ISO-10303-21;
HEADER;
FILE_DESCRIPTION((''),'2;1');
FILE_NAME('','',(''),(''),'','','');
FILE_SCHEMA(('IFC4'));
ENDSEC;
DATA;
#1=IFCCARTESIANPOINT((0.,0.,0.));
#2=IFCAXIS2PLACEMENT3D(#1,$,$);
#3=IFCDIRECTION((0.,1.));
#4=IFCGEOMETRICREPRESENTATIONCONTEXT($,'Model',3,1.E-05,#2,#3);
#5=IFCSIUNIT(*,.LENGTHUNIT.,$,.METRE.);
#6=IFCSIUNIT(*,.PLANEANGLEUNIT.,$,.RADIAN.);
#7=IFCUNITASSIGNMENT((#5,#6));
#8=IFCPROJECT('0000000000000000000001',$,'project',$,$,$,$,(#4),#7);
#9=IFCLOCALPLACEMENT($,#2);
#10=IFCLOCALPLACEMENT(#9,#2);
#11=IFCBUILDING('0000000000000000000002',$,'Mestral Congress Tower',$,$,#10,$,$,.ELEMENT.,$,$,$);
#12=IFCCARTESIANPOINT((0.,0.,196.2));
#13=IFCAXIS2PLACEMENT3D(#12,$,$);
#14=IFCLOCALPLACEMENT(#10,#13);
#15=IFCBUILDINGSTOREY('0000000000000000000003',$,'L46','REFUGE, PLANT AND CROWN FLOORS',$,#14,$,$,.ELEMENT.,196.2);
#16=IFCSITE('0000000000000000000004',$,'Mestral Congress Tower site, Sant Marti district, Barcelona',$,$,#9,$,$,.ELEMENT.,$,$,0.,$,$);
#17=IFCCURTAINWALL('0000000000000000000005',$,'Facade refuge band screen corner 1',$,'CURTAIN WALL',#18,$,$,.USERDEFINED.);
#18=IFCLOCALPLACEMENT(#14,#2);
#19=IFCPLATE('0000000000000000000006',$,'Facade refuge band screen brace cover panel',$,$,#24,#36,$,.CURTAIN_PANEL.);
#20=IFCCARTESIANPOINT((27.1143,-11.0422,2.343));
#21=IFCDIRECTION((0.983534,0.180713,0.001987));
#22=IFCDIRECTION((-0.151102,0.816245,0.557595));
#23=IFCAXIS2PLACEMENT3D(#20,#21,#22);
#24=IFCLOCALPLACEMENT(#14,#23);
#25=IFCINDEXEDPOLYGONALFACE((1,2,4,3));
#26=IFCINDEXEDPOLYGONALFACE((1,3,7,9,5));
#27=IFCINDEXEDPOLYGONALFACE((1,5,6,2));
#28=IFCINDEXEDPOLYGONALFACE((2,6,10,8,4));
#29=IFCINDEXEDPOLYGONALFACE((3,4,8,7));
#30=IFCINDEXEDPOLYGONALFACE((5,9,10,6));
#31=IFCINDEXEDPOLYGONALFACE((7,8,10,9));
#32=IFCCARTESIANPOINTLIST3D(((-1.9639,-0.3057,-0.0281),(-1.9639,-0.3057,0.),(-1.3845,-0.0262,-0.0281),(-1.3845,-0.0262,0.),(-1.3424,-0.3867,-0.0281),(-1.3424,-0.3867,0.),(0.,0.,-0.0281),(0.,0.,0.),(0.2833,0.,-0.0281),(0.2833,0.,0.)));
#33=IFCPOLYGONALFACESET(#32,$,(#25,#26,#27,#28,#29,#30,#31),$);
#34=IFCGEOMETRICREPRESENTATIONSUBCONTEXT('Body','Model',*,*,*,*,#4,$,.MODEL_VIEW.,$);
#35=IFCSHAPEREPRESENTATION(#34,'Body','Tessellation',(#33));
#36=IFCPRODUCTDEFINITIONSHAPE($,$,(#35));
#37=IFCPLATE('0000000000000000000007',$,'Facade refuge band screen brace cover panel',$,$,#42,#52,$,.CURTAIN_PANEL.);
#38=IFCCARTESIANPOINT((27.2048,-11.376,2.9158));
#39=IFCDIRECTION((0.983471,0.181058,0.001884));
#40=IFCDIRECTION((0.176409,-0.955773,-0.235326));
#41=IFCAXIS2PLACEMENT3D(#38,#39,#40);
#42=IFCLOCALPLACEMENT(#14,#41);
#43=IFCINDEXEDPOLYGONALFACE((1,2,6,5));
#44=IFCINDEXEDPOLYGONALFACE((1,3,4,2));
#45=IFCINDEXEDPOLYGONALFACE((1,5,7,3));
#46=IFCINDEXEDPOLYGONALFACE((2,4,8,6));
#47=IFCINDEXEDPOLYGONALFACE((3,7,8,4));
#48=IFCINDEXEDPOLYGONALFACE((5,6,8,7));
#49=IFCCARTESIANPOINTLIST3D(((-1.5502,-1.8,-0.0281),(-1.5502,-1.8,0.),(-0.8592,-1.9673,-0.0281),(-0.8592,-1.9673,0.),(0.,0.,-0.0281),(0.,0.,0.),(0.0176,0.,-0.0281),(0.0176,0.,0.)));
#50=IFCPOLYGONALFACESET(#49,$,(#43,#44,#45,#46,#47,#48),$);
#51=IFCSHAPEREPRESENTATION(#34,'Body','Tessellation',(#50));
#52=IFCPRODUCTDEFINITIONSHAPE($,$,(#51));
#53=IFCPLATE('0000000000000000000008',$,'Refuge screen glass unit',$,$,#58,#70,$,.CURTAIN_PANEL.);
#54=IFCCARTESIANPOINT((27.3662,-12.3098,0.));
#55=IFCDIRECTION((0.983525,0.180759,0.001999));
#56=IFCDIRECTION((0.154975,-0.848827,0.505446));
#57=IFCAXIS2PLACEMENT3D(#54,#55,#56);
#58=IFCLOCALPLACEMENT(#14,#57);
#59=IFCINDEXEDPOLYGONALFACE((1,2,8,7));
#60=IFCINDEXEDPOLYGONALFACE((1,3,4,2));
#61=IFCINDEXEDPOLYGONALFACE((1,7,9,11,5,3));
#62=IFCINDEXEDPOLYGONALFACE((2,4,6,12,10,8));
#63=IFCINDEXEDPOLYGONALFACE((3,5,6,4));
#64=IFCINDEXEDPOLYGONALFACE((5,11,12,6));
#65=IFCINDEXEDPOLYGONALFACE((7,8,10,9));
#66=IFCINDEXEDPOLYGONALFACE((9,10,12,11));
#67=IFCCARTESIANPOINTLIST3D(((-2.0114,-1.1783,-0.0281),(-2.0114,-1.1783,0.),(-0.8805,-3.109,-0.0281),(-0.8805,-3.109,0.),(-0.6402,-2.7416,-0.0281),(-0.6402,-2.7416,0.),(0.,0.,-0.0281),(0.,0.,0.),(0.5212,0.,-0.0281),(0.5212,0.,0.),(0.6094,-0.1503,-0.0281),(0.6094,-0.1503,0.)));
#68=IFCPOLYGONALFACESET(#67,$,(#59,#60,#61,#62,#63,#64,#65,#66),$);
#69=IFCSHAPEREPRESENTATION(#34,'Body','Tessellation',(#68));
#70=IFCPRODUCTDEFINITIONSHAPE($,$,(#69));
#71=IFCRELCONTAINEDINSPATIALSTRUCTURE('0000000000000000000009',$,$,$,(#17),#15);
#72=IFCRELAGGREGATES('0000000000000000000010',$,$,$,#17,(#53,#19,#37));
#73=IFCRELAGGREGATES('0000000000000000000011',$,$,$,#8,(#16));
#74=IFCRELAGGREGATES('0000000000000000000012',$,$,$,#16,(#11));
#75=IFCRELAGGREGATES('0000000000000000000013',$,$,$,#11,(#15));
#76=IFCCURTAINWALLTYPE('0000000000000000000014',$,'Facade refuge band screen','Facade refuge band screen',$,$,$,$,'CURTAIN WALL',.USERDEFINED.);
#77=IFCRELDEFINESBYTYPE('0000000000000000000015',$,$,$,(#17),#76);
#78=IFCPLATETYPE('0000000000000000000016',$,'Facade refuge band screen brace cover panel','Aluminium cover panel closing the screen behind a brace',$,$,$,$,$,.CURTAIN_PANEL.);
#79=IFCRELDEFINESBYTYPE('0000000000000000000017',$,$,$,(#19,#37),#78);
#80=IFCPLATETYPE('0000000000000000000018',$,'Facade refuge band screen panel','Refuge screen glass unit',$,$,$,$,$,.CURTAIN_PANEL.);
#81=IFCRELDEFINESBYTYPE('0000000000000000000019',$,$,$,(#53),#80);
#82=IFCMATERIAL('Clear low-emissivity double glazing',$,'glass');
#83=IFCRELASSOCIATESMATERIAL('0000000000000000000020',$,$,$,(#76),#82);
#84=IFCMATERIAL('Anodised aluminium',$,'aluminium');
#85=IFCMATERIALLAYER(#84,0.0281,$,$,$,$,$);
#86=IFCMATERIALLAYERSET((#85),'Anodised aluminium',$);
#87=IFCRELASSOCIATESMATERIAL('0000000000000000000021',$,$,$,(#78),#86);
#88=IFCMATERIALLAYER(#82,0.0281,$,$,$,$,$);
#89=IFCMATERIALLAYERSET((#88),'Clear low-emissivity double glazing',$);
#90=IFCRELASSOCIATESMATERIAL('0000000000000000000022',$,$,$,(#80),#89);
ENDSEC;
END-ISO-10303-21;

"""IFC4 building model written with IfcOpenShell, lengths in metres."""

from ifc_helpers import new_model, si_unit, direction, frame, origin, place, context, subcontext, project, spatial, polyline, outline, extrude, material, layer, layer_set, type_object, element, aggregate, save


model = new_model("IFC4")

# Units and contexts
model_context = context("Model", 3, precision=1e-05, world=origin(), true_north=direction((0.0, 1.0)))
body_context = subcontext(model_context, "Body", "Model", "MODEL_VIEW")
ifc_project = project(units=[si_unit("LENGTHUNIT", "METRE"), si_unit("PLANEANGLEUNIT", "RADIAN")], contexts=[model_context])

# Site, building, storey
site_placement = place(None, origin())
site = spatial("IfcSite", under=ifc_project, at=site_placement, Name="Mestral Congress Tower site, Sant Marti district, Barcelona", CompositionType="ELEMENT", RefElevation=0.0)
building_placement = place(site_placement, origin())
building = spatial("IfcBuilding", under=site, at=building_placement, Name="Mestral Congress Tower", CompositionType="ELEMENT")
storey_placement = place(building_placement, frame((0.0, 0.0, 196.2)))
storey = spatial("IfcBuildingStorey", under=building, at=storey_placement, Name="L46", Description="REFUGE, PLANT AND CROWN FLOORS", CompositionType="ELEMENT", Elevation=196.2)

# Curtain wall
ifc_material_1 = material(Name="Clear low-emissivity double glazing", Category="glass")
curtain_wall_type = type_object("IfcCurtainWallType", Name="Facade refuge band screen", Description="Facade refuge band screen", ElementType="CURTAIN WALL", PredefinedType="USERDEFINED", material=ifc_material_1)
placement = place(storey_placement, origin())
curtain_wall_1 = element("IfcCurtainWall", 1, at=placement, inside=storey, type_object=curtain_wall_type, Name="Facade refuge band screen corner 1", ObjectType="CURTAIN WALL", PredefinedType="USERDEFINED")
ifc_material_2 = material(Name="Anodised aluminium", Category="aluminium")

# Plates
ifc_layer_1 = layer(ifc_material_2, 0.0281)
ifc_layer_set_1 = layer_set([ifc_layer_1], Name="Anodised aluminium")
plate_type_1 = type_object("IfcPlateType", Name="Facade refuge band screen brace cover panel", Description="Aluminium cover panel closing the screen behind a brace", PredefinedType="CURTAIN_PANEL", material=ifc_layer_set_1)
plate_1_placement = place(storey_placement, frame((27.1143, -11.0422, 2.343), z_axis=(0.983534, 0.180713, 0.001987), x_axis=(-0.151102, 0.816245, 0.557595)))
plate_1 = element("IfcPlate", 2, at=plate_1_placement, type_object=plate_type_1, Name="Facade refuge band screen brace cover panel", PredefinedType="CURTAIN_PANEL", context=body_context, shape_type="SweptSolid", body=[
    extrude(outline(polyline([(0.0, 0.0), (0.2833, 0.0), (-1.3424, -0.3867), (-1.9639, -0.3057), (-1.3845, -0.0262), (0.0, 0.0)])), origin(), (0.0, 0.0, -1.0), 0.0281),
])
plate_2_placement = place(storey_placement, frame((27.2048, -11.376, 2.9158), z_axis=(0.983471, 0.181058, 0.001884), x_axis=(0.176409, -0.955773, -0.235326)))
plate_2 = element("IfcPlate", 3, at=plate_2_placement, type_object=plate_type_1, Name="Facade refuge band screen brace cover panel", PredefinedType="CURTAIN_PANEL", context=body_context, shape_type="SweptSolid", body=[
    extrude(outline(polyline([(0.0, 0.0), (0.0176, 0.0), (-0.8592, -1.9673), (-1.5502, -1.8), (0.0, 0.0)])), origin(), (0.0, 0.0, -1.0), 0.0281),
])
ifc_layer_2 = layer(ifc_material_1, 0.0281)
ifc_layer_set_2 = layer_set([ifc_layer_2], Name="Clear low-emissivity double glazing")
plate_type_2 = type_object("IfcPlateType", Name="Facade refuge band screen panel", Description="Refuge screen glass unit", PredefinedType="CURTAIN_PANEL", material=ifc_layer_set_2)
plate_3_placement = place(storey_placement, frame((27.3662, -12.3098, 0.0), z_axis=(0.983525, 0.180759, 0.001999), x_axis=(0.154975, -0.848827, 0.505446)))
plate_3 = element("IfcPlate", 4, at=plate_3_placement, type_object=plate_type_2, Name="Refuge screen glass unit", PredefinedType="CURTAIN_PANEL", context=body_context, shape_type="SweptSolid", body=[
    extrude(outline(polyline([(0.0, 0.0), (0.5212, 0.0), (0.6094, -0.1503), (-0.6402, -2.7416), (-0.8805, -3.109), (-2.0114, -1.1783), (0.0, 0.0)])), origin(), (0.0, 0.0, -1.0), 0.0281),
])

aggregate(curtain_wall_1, [plate_3, plate_1, plate_2])

save(model, "model.ifc")
